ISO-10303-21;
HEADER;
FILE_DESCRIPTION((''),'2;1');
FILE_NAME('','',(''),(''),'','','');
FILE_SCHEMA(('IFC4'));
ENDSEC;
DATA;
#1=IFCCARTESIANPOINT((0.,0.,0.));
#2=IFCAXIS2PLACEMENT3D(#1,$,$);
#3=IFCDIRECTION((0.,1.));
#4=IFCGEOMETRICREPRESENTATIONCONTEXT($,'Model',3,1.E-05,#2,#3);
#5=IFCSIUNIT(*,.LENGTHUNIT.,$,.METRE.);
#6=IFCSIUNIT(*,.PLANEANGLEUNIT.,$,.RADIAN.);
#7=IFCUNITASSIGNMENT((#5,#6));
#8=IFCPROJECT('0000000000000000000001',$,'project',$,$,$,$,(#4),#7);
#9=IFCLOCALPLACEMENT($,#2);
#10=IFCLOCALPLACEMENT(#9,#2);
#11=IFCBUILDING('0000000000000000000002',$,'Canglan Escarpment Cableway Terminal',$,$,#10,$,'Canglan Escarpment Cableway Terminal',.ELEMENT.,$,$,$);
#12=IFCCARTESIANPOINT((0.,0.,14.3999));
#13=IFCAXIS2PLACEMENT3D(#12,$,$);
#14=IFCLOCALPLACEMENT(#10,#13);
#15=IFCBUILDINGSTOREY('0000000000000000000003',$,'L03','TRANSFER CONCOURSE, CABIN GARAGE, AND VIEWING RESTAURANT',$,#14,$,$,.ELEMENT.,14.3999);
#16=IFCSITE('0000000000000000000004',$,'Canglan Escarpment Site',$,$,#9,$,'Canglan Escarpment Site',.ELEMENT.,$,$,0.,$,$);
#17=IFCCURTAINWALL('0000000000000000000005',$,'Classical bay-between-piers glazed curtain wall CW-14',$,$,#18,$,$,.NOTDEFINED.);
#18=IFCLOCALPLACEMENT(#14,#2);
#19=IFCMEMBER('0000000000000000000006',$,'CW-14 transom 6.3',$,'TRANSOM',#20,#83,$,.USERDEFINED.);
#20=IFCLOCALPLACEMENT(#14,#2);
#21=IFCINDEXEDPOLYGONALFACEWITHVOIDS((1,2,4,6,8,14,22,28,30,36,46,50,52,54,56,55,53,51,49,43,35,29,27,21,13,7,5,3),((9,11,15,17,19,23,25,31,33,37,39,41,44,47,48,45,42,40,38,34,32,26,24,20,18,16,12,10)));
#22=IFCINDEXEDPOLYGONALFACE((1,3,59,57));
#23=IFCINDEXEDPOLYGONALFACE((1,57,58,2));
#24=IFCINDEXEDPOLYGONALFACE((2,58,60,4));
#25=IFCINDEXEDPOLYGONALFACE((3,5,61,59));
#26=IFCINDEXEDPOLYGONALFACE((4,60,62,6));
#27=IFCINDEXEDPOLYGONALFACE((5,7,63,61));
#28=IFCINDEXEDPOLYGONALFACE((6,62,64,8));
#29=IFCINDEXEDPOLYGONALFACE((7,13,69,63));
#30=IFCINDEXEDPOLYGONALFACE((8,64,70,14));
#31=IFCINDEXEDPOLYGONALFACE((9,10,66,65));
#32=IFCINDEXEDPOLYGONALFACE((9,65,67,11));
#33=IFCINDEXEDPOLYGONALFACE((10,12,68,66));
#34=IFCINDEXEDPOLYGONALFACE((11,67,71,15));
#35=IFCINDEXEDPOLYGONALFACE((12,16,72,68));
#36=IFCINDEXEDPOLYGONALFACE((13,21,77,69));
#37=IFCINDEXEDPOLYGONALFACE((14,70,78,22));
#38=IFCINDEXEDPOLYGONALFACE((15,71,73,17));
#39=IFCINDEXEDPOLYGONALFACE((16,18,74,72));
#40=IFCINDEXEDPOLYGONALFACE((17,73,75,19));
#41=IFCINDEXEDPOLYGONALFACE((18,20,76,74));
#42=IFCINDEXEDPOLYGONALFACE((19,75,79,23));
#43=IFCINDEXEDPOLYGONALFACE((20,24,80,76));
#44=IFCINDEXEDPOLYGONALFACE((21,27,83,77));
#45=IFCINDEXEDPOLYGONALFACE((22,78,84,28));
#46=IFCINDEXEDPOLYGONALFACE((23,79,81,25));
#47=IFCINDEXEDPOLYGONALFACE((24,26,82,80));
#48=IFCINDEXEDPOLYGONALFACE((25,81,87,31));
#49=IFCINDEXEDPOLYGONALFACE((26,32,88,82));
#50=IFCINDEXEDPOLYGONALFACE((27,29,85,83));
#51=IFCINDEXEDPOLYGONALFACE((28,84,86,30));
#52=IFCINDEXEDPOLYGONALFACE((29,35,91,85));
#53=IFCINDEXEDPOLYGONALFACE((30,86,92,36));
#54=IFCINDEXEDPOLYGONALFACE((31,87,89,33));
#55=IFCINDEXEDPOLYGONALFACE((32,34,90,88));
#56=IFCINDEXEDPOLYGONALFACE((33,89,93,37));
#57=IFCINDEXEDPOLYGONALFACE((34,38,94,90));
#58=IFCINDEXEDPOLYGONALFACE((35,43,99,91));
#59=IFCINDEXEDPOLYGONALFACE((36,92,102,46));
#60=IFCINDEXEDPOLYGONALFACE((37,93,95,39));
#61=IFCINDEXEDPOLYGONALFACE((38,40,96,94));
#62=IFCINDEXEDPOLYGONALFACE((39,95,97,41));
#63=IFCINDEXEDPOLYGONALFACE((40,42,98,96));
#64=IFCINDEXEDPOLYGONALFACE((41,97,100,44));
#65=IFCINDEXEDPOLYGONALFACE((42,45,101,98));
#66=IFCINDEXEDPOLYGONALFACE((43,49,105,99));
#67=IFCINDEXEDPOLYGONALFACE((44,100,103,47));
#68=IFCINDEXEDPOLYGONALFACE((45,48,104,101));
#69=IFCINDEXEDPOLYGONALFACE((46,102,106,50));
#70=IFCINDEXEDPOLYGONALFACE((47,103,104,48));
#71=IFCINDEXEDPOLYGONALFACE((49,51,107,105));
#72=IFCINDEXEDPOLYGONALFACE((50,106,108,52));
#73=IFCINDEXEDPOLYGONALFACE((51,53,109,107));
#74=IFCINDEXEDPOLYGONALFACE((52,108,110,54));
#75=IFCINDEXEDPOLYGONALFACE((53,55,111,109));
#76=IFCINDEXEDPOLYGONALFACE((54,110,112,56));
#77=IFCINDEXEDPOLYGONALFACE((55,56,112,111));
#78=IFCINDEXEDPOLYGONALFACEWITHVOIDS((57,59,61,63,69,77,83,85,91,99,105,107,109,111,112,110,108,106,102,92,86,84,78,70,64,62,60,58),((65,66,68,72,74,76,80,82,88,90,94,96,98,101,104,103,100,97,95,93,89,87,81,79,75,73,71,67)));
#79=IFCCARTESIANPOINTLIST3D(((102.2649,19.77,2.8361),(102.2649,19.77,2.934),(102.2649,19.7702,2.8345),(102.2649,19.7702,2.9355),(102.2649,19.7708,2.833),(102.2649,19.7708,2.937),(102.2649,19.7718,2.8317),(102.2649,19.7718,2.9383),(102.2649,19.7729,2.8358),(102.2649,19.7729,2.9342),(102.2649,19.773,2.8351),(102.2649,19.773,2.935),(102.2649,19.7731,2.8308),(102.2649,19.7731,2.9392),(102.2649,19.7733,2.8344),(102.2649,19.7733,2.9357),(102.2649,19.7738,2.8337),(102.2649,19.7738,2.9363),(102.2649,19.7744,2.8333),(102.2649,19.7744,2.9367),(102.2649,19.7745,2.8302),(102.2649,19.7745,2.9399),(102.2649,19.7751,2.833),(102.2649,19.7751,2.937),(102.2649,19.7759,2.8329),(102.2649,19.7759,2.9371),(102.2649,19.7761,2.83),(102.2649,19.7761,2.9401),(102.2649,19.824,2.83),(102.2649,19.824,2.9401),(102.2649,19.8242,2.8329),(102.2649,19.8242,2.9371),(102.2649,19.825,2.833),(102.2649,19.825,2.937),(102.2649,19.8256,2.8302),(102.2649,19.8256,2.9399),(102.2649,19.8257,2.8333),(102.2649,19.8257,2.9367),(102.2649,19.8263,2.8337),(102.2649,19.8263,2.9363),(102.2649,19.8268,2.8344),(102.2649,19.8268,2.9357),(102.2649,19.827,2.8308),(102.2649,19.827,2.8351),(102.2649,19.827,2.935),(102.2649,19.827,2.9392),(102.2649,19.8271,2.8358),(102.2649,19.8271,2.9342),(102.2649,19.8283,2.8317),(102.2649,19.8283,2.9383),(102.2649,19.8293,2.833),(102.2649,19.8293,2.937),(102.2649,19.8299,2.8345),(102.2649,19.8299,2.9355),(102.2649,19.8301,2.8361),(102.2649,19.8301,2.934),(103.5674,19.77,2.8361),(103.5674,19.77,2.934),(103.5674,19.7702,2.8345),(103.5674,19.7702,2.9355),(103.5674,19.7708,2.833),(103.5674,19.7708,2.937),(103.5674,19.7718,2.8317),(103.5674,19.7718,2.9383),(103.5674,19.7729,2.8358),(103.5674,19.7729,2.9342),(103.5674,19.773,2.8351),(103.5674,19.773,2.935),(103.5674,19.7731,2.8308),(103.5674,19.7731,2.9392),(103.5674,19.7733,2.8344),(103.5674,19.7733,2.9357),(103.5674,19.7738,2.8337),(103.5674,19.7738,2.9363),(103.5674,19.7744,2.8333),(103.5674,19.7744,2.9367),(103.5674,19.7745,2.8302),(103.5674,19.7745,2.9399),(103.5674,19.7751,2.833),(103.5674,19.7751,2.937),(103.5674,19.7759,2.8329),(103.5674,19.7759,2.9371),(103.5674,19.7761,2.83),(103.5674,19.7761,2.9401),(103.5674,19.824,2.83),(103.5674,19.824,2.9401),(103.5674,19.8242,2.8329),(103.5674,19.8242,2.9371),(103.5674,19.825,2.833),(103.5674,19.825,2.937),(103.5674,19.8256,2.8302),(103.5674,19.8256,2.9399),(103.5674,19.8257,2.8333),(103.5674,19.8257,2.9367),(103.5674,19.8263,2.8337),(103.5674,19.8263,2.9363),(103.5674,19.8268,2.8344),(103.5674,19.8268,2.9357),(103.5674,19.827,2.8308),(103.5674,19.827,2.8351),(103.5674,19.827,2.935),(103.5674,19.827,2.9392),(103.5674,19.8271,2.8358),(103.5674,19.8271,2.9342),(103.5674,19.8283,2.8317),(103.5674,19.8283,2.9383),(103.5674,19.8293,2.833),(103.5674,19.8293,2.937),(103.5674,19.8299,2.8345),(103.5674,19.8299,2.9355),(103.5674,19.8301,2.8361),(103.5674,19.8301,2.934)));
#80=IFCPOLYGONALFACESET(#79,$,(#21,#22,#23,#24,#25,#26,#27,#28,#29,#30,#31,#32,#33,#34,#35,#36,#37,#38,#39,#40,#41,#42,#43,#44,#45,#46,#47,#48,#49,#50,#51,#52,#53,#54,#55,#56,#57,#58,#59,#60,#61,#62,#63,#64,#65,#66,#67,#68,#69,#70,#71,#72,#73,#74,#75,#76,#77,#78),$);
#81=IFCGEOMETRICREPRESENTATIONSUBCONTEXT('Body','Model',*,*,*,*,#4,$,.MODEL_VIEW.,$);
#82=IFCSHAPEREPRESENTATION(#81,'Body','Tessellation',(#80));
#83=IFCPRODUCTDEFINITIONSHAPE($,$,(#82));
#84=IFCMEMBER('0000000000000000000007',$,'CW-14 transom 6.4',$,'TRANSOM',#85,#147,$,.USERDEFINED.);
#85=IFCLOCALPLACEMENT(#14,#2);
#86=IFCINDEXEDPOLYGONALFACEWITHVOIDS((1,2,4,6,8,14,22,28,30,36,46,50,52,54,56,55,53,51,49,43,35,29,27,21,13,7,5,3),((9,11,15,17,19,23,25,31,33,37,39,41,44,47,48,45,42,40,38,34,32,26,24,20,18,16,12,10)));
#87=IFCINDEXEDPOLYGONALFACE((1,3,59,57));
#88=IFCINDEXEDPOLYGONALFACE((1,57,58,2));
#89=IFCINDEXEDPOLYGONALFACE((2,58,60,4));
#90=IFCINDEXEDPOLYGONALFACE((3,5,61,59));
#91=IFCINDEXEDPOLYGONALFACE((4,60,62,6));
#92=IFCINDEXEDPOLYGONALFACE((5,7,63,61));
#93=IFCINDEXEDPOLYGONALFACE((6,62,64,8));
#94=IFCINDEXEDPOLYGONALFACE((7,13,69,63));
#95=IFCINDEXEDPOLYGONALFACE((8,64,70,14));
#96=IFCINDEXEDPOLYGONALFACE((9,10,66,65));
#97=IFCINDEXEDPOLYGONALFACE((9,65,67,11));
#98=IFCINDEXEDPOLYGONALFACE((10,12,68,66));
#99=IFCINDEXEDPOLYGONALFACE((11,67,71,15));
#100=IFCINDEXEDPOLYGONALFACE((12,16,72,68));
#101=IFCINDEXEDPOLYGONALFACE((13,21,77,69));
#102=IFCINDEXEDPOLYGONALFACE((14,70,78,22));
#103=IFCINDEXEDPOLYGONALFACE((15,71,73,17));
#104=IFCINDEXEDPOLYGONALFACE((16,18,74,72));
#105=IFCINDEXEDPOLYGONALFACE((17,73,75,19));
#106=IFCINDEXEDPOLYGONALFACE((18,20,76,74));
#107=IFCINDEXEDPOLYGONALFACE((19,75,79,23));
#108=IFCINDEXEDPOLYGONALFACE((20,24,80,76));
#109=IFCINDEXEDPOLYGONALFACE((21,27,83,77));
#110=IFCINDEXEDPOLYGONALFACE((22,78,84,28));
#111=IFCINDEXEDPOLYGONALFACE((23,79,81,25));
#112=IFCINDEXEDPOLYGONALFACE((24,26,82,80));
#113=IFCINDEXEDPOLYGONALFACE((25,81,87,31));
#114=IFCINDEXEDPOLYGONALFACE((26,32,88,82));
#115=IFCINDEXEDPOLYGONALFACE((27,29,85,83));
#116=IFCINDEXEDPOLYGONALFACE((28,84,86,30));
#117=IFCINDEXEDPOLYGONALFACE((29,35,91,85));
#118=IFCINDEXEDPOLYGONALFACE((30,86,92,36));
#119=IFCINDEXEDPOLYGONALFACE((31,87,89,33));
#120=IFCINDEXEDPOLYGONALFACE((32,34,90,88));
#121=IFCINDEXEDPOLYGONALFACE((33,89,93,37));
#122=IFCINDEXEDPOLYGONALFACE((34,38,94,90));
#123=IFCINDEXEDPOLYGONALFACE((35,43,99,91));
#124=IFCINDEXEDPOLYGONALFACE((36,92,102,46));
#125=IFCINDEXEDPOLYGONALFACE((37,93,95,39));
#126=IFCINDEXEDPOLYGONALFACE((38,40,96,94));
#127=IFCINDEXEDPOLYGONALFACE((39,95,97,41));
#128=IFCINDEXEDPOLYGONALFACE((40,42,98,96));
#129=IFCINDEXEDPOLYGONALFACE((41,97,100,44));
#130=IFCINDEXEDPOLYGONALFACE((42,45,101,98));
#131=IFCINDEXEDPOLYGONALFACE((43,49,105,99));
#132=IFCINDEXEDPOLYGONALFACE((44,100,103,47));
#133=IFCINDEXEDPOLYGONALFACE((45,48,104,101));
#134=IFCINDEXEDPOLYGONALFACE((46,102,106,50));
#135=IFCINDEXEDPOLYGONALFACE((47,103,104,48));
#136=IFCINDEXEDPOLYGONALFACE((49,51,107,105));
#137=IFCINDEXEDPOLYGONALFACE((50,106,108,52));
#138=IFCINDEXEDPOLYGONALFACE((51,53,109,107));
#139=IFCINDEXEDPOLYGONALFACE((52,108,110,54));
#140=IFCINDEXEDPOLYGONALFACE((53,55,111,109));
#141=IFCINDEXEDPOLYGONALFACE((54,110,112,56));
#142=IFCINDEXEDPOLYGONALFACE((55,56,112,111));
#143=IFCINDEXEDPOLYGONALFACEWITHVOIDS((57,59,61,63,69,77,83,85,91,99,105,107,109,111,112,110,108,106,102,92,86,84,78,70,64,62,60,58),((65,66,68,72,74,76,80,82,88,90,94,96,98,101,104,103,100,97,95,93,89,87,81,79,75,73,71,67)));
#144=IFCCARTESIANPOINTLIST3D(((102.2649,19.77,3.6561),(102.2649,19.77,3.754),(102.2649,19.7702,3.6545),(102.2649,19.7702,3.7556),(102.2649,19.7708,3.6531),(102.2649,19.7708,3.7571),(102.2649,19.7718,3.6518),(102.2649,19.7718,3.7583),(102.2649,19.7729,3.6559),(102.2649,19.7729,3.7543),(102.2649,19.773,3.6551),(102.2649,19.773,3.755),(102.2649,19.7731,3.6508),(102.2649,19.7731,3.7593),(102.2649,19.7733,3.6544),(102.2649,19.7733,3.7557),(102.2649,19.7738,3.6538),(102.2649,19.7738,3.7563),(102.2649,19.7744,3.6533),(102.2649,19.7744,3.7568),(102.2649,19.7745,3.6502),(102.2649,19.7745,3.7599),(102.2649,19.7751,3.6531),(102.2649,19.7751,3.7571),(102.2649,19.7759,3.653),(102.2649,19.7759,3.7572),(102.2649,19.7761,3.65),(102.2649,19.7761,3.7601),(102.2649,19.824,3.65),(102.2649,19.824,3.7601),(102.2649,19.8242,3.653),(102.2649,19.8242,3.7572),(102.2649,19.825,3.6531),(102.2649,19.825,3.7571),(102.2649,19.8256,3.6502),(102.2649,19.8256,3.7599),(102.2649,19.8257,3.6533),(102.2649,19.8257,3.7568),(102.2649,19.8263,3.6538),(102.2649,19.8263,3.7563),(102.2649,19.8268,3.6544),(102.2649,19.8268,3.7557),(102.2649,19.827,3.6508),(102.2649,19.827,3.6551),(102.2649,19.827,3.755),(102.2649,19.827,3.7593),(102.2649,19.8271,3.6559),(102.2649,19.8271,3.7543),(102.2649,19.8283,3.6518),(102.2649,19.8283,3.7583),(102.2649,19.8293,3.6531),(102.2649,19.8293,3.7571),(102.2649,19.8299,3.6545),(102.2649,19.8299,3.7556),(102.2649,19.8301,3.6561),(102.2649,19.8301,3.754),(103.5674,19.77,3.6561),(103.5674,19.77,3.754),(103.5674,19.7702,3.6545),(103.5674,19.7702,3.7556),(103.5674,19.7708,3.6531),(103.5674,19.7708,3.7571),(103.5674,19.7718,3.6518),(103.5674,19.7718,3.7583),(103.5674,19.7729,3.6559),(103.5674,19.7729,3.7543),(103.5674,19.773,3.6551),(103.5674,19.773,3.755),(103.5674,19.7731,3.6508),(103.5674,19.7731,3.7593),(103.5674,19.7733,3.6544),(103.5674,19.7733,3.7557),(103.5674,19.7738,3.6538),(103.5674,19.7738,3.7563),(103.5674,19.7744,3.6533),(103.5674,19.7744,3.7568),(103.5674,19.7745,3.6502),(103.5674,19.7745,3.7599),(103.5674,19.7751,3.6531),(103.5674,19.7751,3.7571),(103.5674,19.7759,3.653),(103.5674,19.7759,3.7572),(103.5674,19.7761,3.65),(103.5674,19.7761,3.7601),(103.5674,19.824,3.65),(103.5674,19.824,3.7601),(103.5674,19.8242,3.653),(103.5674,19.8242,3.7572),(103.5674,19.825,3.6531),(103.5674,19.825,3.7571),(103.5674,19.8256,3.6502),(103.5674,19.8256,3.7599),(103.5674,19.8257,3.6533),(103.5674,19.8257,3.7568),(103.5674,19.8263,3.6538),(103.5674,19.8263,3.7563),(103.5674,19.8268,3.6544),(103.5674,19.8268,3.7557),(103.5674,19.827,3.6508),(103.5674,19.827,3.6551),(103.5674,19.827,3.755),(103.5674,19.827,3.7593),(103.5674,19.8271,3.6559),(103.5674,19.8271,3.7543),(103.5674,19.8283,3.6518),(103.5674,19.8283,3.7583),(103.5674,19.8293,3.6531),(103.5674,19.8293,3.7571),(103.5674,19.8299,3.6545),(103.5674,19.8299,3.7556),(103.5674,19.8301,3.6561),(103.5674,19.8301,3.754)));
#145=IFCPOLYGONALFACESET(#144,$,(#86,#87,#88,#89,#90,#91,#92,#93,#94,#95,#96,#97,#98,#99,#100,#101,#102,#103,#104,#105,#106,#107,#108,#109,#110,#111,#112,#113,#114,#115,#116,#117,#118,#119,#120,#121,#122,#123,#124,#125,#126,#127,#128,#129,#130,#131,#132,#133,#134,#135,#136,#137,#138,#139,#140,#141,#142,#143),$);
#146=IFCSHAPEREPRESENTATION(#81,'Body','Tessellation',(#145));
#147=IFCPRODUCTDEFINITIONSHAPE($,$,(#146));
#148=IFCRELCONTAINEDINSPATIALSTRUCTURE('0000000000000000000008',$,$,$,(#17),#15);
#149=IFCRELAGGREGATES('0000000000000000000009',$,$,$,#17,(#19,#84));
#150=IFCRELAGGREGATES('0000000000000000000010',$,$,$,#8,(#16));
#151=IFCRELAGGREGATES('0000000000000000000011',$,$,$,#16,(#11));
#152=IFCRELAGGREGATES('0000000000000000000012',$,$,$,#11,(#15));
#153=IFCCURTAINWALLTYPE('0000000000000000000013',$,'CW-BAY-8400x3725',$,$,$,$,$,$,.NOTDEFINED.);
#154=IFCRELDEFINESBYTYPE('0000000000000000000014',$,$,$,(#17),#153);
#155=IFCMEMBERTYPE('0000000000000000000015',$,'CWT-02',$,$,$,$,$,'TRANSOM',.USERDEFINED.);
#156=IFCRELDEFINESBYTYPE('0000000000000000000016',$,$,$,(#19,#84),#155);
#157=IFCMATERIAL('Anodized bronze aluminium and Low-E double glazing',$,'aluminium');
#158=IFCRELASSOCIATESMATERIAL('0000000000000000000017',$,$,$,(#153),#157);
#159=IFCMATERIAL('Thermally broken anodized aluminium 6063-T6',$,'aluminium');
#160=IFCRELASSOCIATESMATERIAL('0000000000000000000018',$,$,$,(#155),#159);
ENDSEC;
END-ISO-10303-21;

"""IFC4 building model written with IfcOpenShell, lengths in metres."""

from ifc_helpers import new_model, si_unit, direction, frame, origin, origin_2d, place, context, subcontext, project, spatial, hollow_rectangle, extrude, material, material_profile, profile_set, type_object, element, aggregate, save


model = new_model("IFC4")

# Units and contexts
model_context = context("Model", 3, precision=1e-05, world=origin(), true_north=direction((0.0, 1.0)))
body_context = subcontext(model_context, "Body", "Model", "MODEL_VIEW")
ifc_project = project(units=[si_unit("LENGTHUNIT", "METRE"), si_unit("PLANEANGLEUNIT", "RADIAN")], contexts=[model_context])

# Site, building, storey
site_placement = place(None, origin())
site = spatial("IfcSite", under=ifc_project, at=site_placement, Name="Canglan Escarpment Site", LongName="Canglan Escarpment Site", CompositionType="ELEMENT", RefElevation=0.0)
building_placement = place(site_placement, origin())
building = spatial("IfcBuilding", under=site, at=building_placement, Name="Canglan Escarpment Cableway Terminal", LongName="Canglan Escarpment Cableway Terminal", CompositionType="ELEMENT")
storey_placement = place(building_placement, frame((0.0, 0.0, 14.3999)))
storey = spatial("IfcBuildingStorey", under=building, at=storey_placement, Name="L03", Description="TRANSFER CONCOURSE, CABIN GARAGE, AND VIEWING RESTAURANT", CompositionType="ELEMENT", Elevation=14.3999)

# Curtain wall
ifc_material_1 = material(Name="Anodized bronze aluminium and Low-E double glazing", Category="aluminium")
curtain_wall_type = type_object("IfcCurtainWallType", Name="CW-BAY-8400x3725", PredefinedType="NOTDEFINED", material=ifc_material_1)
curtain_wall_1_placement = place(storey_placement, origin())
curtain_wall_1 = element("IfcCurtainWall", 1, at=curtain_wall_1_placement, inside=storey, type_object=curtain_wall_type, Name="Classical bay-between-piers glazed curtain wall CW-14", PredefinedType="NOTDEFINED")
ifc_material_2 = material(Name="Thermally broken anodized aluminium 6063-T6", Category="aluminium")

# Members
ifc_material_profile_1 = material_profile(ifc_material_2, hollow_rectangle(XDim=0.0601, YDim=0.1101, WallThickness=0.0029, InnerFilletRadius=0.0029, OuterFilletRadius=0.0061, at=origin_2d()), Name="ALU-TRAN 60x110x3")
ifc_profile_set_1 = profile_set([ifc_material_profile_1], Name="Thermally broken anodized aluminium 6063-T6")
member_type_1 = type_object("IfcMemberType", Name="CWT-02", ElementType="TRANSOM", PredefinedType="USERDEFINED", material=ifc_profile_set_1)
member_1_placement = place(storey_placement, frame((103.5674, 19.8, 2.885), z_axis=(-1.0, 0.0, 0.0), x_axis=(0.0, -1.0, 0.0)))
member_1 = element("IfcMember", 2, at=member_1_placement, type_object=member_type_1, Name="CW-14 transom 6.3", ObjectType="TRANSOM", PredefinedType="USERDEFINED", context=body_context, shape_type="SweptSolid", body=[
    extrude(hollow_rectangle(XDim=0.0601, YDim=0.1101, WallThickness=0.0029, InnerFilletRadius=0.0029, OuterFilletRadius=0.0061, at=origin_2d()), origin(), (0.0, 0.0, 1.0), 1.3025),
])
member_2_placement = place(storey_placement, frame((103.5674, 19.8, 3.7051), z_axis=(-1.0, 0.0, 0.0), x_axis=(0.0, -1.0, 0.0)))
member_2 = element("IfcMember", 3, at=member_2_placement, type_object=member_type_1, Name="CW-14 transom 6.4", ObjectType="TRANSOM", PredefinedType="USERDEFINED", context=body_context, shape_type="SweptSolid", body=[
    extrude(hollow_rectangle(XDim=0.0601, YDim=0.1101, WallThickness=0.0029, InnerFilletRadius=0.0029, OuterFilletRadius=0.0061, at=origin_2d()), origin(), (0.0, 0.0, 1.0), 1.3025),
])

aggregate(curtain_wall_1, [member_1, member_2])

save(model, "model.ifc")
